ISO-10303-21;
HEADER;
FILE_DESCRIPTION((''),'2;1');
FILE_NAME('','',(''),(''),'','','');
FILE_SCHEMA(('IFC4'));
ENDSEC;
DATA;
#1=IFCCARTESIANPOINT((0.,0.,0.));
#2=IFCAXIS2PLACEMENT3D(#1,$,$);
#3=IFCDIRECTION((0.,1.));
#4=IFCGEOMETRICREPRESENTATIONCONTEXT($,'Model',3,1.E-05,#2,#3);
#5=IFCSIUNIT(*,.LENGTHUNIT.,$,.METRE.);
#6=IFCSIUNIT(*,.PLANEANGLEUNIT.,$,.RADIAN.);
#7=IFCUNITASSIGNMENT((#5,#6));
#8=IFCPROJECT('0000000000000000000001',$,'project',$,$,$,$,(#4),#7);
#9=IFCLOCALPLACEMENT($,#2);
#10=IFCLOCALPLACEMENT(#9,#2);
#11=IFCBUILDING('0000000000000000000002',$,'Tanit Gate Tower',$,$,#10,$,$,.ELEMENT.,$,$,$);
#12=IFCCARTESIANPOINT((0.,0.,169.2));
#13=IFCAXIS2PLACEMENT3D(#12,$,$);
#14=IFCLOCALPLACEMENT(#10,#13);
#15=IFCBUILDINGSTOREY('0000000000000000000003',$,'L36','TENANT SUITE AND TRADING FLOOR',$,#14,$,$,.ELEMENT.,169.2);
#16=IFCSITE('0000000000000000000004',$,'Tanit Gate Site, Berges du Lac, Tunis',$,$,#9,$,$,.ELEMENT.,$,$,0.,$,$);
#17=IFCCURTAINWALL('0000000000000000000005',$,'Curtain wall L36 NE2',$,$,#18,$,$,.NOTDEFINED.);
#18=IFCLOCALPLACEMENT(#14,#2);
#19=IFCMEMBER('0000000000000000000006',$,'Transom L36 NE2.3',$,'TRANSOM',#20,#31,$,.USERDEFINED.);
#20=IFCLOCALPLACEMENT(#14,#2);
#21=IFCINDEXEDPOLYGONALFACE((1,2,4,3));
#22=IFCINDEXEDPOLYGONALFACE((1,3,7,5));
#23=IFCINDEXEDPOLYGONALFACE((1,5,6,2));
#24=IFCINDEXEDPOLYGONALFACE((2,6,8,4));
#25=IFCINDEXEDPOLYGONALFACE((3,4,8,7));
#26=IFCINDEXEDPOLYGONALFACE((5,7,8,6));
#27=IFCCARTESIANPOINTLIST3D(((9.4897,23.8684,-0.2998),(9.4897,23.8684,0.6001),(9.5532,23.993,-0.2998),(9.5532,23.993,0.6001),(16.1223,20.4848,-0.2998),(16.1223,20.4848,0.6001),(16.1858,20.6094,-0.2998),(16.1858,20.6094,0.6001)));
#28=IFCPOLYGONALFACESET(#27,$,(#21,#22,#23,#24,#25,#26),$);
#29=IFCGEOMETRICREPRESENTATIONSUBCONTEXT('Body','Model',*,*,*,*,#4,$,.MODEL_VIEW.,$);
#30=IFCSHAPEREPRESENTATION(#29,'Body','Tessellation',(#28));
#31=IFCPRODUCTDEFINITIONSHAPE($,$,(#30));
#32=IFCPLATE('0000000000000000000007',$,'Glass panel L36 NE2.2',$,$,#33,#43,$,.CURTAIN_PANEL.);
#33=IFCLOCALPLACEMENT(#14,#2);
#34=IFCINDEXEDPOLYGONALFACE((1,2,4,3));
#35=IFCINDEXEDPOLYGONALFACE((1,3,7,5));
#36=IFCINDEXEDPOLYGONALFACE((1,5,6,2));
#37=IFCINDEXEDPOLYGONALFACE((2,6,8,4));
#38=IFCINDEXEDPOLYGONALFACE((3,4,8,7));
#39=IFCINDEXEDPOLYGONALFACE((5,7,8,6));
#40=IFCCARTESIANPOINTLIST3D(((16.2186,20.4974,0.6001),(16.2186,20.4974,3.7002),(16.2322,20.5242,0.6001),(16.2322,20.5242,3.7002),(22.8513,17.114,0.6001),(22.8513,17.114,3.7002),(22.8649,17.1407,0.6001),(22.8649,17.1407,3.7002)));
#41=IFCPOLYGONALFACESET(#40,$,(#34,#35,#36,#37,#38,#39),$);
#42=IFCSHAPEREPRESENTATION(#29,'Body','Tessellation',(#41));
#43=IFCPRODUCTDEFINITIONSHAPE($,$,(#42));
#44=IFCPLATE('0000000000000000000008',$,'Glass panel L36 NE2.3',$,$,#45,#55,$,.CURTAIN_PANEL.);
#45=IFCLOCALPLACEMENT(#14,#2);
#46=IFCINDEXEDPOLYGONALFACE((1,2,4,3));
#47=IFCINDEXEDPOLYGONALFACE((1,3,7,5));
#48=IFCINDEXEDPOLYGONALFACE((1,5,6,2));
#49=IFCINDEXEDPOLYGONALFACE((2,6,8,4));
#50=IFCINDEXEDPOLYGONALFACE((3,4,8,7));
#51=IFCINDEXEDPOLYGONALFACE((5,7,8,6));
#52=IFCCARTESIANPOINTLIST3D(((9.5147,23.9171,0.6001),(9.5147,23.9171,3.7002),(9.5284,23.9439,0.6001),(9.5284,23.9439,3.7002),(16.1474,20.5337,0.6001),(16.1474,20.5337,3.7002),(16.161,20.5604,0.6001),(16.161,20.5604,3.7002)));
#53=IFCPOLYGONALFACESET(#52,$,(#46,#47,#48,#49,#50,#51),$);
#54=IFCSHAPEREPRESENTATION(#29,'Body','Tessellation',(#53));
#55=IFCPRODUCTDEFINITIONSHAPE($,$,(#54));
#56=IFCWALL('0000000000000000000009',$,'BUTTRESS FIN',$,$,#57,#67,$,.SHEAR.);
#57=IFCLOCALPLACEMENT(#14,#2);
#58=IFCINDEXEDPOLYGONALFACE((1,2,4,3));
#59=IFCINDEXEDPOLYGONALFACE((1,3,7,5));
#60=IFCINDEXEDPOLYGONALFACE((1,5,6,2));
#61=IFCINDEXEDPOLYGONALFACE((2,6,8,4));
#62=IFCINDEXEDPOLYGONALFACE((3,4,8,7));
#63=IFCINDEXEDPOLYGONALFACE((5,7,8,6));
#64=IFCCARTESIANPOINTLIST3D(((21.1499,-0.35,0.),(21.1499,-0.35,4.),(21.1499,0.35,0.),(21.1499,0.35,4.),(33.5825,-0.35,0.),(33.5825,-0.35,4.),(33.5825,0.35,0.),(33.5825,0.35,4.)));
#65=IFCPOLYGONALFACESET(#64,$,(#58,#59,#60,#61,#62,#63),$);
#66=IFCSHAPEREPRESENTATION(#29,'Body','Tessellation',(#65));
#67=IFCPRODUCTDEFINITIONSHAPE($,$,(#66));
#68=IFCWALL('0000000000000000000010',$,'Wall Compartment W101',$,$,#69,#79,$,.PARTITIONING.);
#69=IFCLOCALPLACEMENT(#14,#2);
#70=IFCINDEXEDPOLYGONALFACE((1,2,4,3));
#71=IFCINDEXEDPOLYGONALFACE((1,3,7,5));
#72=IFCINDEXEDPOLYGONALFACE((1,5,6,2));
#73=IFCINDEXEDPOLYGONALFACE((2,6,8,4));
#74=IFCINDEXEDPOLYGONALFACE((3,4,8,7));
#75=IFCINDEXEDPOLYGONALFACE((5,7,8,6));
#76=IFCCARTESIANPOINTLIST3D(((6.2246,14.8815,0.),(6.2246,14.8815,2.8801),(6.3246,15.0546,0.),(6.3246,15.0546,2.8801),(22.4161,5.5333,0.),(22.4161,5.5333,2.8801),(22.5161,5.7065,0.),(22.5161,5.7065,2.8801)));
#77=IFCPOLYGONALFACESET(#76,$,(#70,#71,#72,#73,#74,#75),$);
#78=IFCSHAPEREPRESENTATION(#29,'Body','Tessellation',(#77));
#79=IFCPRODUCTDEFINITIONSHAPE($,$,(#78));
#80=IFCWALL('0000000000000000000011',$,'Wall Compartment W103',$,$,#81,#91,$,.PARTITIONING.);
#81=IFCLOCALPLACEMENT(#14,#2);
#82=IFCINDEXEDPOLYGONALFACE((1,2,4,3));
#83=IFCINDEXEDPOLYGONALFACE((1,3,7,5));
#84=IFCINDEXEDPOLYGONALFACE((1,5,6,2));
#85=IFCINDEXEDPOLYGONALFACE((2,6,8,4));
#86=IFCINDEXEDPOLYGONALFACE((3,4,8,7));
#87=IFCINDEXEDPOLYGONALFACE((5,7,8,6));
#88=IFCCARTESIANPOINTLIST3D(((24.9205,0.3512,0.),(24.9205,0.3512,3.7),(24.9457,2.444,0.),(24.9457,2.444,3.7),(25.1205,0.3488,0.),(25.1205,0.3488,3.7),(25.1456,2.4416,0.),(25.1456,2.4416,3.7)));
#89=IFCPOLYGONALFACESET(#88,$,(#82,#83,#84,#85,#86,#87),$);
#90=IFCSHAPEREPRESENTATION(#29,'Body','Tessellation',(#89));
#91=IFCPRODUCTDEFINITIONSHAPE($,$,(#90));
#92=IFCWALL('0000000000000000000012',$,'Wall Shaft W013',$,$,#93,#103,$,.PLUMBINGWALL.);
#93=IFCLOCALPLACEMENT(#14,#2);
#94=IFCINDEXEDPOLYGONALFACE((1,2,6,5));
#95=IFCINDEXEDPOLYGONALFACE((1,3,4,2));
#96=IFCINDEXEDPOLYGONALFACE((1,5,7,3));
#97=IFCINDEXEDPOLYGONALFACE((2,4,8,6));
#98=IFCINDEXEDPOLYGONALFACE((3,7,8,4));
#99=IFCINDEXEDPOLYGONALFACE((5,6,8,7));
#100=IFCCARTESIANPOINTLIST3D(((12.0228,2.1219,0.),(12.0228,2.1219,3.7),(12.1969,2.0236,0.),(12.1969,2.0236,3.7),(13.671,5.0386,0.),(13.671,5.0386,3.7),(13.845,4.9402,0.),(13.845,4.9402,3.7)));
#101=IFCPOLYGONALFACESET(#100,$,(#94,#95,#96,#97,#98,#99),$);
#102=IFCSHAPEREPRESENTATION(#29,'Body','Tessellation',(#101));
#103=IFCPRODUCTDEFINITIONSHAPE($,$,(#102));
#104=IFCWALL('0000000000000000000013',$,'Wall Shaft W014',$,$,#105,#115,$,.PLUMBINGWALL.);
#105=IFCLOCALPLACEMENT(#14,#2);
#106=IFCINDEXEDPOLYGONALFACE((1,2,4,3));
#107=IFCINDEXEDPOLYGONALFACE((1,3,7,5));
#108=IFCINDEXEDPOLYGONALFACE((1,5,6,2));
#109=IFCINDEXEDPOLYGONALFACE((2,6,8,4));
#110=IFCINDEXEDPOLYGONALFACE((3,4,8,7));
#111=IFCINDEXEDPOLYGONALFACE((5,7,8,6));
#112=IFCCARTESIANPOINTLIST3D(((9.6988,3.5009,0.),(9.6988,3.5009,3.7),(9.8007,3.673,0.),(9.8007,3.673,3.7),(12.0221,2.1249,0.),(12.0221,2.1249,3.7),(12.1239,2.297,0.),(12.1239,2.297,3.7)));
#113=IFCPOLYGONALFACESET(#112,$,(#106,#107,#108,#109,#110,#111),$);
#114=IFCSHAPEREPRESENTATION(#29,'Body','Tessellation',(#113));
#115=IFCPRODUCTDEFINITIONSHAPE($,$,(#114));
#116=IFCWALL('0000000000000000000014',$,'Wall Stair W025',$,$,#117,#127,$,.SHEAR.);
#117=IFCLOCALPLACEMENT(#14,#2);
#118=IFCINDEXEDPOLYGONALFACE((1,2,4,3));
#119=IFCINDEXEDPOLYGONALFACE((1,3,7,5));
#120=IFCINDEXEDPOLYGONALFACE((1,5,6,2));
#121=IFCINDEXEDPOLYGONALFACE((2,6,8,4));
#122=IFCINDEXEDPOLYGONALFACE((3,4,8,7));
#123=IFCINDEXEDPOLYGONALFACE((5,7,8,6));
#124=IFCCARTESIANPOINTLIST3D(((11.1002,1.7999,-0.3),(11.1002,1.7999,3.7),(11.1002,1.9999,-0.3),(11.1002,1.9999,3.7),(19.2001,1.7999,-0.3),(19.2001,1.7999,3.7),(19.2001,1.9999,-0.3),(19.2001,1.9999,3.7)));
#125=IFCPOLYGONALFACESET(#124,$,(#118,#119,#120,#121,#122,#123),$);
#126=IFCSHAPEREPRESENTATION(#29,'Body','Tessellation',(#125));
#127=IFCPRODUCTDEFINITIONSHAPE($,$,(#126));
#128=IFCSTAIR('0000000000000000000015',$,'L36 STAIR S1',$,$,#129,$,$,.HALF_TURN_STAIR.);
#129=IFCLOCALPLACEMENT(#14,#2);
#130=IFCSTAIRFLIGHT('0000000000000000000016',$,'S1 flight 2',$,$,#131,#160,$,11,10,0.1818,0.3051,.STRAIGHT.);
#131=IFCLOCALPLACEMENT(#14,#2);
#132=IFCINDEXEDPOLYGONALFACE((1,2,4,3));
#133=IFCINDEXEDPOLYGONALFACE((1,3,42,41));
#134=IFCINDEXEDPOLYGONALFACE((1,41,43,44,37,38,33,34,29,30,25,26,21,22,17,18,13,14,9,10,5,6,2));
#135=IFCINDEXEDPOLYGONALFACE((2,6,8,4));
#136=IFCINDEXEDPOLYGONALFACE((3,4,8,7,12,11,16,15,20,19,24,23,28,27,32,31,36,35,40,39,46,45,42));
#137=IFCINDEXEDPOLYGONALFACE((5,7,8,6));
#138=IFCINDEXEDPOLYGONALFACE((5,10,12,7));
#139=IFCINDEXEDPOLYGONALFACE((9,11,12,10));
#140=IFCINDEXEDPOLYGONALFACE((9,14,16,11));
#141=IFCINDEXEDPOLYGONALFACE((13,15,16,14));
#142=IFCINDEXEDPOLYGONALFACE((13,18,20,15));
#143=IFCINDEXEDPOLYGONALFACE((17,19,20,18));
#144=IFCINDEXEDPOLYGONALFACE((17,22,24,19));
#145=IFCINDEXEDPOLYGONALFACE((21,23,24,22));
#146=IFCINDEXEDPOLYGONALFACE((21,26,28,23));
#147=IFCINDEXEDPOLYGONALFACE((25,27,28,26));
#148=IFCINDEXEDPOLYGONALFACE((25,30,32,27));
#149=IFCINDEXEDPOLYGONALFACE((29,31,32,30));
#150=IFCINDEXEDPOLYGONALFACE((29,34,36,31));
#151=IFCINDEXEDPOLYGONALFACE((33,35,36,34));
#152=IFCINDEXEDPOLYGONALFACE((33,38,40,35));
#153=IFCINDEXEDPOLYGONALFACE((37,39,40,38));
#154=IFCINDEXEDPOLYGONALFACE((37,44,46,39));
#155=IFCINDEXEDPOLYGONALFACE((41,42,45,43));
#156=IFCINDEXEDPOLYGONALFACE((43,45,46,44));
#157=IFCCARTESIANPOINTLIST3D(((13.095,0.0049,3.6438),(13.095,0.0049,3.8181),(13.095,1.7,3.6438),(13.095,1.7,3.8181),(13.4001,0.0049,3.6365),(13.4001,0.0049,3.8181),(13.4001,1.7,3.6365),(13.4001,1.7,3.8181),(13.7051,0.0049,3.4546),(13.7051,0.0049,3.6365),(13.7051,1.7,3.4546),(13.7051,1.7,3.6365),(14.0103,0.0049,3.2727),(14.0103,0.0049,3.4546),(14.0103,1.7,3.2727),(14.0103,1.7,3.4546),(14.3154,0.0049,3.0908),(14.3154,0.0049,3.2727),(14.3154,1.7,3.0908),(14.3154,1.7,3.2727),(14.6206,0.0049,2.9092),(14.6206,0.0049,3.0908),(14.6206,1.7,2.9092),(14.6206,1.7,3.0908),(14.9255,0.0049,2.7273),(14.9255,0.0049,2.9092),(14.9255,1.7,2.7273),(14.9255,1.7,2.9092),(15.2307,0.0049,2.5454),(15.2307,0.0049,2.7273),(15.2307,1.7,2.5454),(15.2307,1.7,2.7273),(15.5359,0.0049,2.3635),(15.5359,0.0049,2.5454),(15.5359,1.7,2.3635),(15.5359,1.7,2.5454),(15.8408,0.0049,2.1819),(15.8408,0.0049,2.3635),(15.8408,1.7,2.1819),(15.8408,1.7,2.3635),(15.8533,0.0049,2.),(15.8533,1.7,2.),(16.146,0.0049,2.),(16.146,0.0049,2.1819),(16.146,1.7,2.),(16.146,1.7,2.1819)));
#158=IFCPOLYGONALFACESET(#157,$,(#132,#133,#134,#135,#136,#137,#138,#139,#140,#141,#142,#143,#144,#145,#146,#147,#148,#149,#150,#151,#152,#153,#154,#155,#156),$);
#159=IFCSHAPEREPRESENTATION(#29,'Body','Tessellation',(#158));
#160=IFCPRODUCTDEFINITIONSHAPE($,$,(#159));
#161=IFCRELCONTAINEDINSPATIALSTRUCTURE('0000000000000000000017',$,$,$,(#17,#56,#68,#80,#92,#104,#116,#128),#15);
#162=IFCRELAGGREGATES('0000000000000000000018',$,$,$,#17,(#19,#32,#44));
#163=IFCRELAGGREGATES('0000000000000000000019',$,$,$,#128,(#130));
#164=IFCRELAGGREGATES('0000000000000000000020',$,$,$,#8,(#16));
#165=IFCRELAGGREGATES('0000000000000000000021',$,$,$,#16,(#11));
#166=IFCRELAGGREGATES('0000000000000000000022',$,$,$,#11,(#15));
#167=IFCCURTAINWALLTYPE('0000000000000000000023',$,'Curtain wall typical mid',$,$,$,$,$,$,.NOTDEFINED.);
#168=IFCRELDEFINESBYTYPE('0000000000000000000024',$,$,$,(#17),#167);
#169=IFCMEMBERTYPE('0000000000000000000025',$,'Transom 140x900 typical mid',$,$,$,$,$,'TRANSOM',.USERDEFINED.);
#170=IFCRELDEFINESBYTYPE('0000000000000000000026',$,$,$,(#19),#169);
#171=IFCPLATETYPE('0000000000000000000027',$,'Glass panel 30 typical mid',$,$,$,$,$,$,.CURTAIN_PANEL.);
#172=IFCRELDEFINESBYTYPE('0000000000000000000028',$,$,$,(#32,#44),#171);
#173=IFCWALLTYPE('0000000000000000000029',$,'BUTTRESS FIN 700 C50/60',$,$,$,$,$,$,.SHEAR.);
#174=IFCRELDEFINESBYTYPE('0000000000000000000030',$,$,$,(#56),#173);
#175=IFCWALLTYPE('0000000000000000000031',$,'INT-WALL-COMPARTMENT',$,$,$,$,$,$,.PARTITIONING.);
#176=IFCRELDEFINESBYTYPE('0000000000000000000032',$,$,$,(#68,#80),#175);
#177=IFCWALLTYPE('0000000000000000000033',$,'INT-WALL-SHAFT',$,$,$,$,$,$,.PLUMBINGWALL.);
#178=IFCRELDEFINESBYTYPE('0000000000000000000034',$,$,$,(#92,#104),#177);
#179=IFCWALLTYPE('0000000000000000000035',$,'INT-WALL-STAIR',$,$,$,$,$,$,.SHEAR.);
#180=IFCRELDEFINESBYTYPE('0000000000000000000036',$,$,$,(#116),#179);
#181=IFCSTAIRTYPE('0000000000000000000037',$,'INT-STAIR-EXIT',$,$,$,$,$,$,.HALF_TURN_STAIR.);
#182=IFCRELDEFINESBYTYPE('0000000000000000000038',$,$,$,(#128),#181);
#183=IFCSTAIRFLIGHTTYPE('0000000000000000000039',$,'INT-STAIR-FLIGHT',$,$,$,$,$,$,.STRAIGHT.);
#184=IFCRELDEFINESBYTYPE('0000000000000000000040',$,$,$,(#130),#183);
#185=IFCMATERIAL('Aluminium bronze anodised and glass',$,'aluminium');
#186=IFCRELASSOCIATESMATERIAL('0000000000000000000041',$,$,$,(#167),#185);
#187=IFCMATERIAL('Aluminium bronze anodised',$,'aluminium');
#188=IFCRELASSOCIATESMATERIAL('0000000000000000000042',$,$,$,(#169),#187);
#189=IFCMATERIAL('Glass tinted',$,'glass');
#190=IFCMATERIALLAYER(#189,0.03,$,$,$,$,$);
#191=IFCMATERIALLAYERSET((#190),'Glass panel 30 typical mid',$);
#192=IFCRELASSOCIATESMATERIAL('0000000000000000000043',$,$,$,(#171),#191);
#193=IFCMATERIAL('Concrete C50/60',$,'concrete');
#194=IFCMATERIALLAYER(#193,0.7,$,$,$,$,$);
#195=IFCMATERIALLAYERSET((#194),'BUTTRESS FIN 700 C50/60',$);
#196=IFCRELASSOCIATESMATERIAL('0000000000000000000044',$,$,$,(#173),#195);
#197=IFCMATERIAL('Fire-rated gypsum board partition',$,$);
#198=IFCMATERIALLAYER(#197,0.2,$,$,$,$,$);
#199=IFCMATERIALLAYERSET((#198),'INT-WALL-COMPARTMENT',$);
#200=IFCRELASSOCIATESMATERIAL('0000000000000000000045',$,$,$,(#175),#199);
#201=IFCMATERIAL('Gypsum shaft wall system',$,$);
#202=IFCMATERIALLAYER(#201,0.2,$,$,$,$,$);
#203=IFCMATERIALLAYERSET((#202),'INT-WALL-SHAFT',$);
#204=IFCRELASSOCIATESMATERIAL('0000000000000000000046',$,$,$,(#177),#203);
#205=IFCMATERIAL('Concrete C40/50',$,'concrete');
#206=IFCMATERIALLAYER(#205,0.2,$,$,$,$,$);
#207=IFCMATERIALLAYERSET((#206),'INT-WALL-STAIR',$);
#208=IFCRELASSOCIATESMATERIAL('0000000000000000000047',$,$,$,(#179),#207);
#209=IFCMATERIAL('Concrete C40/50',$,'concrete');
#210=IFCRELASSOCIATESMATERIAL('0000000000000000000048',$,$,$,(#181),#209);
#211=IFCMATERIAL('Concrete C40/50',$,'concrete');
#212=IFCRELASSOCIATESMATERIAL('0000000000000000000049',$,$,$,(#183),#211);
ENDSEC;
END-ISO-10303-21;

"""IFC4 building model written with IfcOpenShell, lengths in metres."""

from ifc_helpers import new_model, si_unit, direction, frame, frame_2d, origin, origin_2d, place, context, subcontext, project, spatial, polyline, rectangle, outline, extrude, material, layer, layer_set, material_profile, profile_set, type_object, element, aggregate, save


model = new_model("IFC4")

# Units and contexts
model_context = context("Model", 3, precision=1e-05, world=origin(), true_north=direction((0.0, 1.0)))
body_context = subcontext(model_context, "Body", "Model", "MODEL_VIEW")
ifc_project = project(units=[si_unit("LENGTHUNIT", "METRE"), si_unit("PLANEANGLEUNIT", "RADIAN")], contexts=[model_context])

# Site, building, storey
site_placement = place(None, origin())
site = spatial("IfcSite", under=ifc_project, at=site_placement, Name="Tanit Gate Site, Berges du Lac, Tunis", CompositionType="ELEMENT", RefElevation=0.0)
building_placement = place(site_placement, origin())
building = spatial("IfcBuilding", under=site, at=building_placement, Name="Tanit Gate Tower", CompositionType="ELEMENT")
storey_placement = place(building_placement, frame((0.0, 0.0, 169.2)))
storey = spatial("IfcBuildingStorey", under=building, at=storey_placement, Name="L36", Description="TENANT SUITE AND TRADING FLOOR", CompositionType="ELEMENT", Elevation=169.2)

# Curtain wall
ifc_material_1 = material(Name="Aluminium bronze anodised and glass", Category="aluminium")
curtain_wall_type = type_object("IfcCurtainWallType", Name="Curtain wall typical mid", PredefinedType="NOTDEFINED", material=ifc_material_1)
curtain_wall_placement = place(storey_placement, origin())
curtain_wall = element("IfcCurtainWall", 1, at=curtain_wall_placement, inside=storey, type_object=curtain_wall_type, Name="Curtain wall L36 NE2", PredefinedType="NOTDEFINED")

# Member
ifc_material_2 = material(Name="Aluminium bronze anodised", Category="aluminium")
ifc_material_profile_1 = material_profile(ifc_material_2, rectangle(XDim=0.1399, YDim=0.8999, at=origin_2d()), Name="140x900 bronze transom")
ifc_profile_set_1 = profile_set([ifc_material_profile_1], Name="Aluminium bronze anodised")
member_type_1 = type_object("IfcMemberType", Name="Transom 140x900 typical mid", ElementType="TRANSOM", PredefinedType="USERDEFINED", material=ifc_profile_set_1)
member_1_placement = place(storey_placement, frame((16.1541, 20.5471, 0.1501), z_axis=(-0.890785, 0.454426, 0.0), x_axis=(-0.454426, -0.890785, 0.0)))
member_1 = element("IfcMember", 2, at=member_1_placement, type_object=member_type_1, Name="Transom L36 NE2.3", ObjectType="TRANSOM", PredefinedType="USERDEFINED", context=body_context, shape_type="SweptSolid", body=[
    extrude(rectangle(XDim=0.1399, YDim=0.8999, at=origin_2d()), origin(), (0.0, 0.0, 1.0), 7.4458),
])

# Plates
ifc_material_3 = material(Name="Glass tinted", Category="glass")
ifc_layer_1 = layer(ifc_material_3, 0.03)
ifc_layer_set_1 = layer_set([ifc_layer_1], Name="Glass panel 30 typical mid")
plate_type = type_object("IfcPlateType", Name="Glass panel 30 typical mid", PredefinedType="CURTAIN_PANEL", material=ifc_layer_set_1)
plate_1_placement = place(storey_placement, frame((19.5417, 18.8191, 0.6001), z_axis=(0.0, 0.0, 1.0), x_axis=(-0.890792, 0.454411, 0.0)))
plate_1 = element("IfcPlate", 3, at=plate_1_placement, type_object=plate_type, Name="Glass panel L36 NE2.2", PredefinedType="CURTAIN_PANEL", context=body_context, shape_type="SweptSolid", body=[
    extrude(rectangle(XDim=7.4458, YDim=0.03, at=origin_2d()), origin(), (0.0, 0.0, 1.0), 3.1001),
])
plate_2_placement = place(storey_placement, frame((12.8379, 22.2388, 0.6001), z_axis=(0.0, 0.0, 1.0), x_axis=(-0.890792, 0.454411, 0.0)))
plate_2 = element("IfcPlate", 4, at=plate_2_placement, type_object=plate_type, Name="Glass panel L36 NE2.3", PredefinedType="CURTAIN_PANEL", context=body_context, shape_type="SweptSolid", body=[
    extrude(rectangle(XDim=7.4458, YDim=0.03, at=origin_2d()), origin(), (0.0, 0.0, 1.0), 3.1001),
])
aggregate(curtain_wall, [member_1, plate_1, plate_2])

# Wall
ifc_material_4 = material(Name="Concrete C50/60", Category="concrete")
ifc_layer_2 = layer(ifc_material_4, 0.7)
ifc_layer_set_2 = layer_set([ifc_layer_2], Name="BUTTRESS FIN 700 C50/60")
wall_type_1 = type_object("IfcWallType", Name="BUTTRESS FIN 700 C50/60", PredefinedType="SHEAR", material=ifc_layer_set_2)
wall_1_placement = place(storey_placement, frame((21.1499, 0.0, 0.0), z_axis=(0.0, 0.0, 1.0), x_axis=(1.0, 0.0, 0.0)))
element("IfcWall", 5, at=wall_1_placement, inside=storey, type_object=wall_type_1, Name="BUTTRESS FIN", PredefinedType="SHEAR", context=body_context, shape_type="SweptSolid", body=[
    extrude(rectangle(XDim=12.4326, YDim=0.7, at=frame_2d((6.2163, 0.0))), origin(), (0.0, 0.0, 1.0), 4.0),
])

# Walls
ifc_material_5 = material(Name="Fire-rated gypsum board partition")
ifc_layer_3 = layer(ifc_material_5, 0.2)
ifc_layer_set_3 = layer_set([ifc_layer_3], Name="INT-WALL-COMPARTMENT")
wall_type_2 = type_object("IfcWallType", Name="INT-WALL-COMPARTMENT", PredefinedType="PARTITIONING", material=ifc_layer_set_3)
wall_2_placement = place(storey_placement, frame((22.4661, 5.6199, 0.0), z_axis=(0.0, 0.0, 1.0), x_axis=(-0.866025, 0.500001, 0.0)))
element("IfcWall", 6, at=wall_2_placement, inside=storey, type_object=wall_type_2, Name="Wall Compartment W101", PredefinedType="PARTITIONING", context=body_context, shape_type="SweptSolid", body=[
    extrude(rectangle(XDim=18.6963, YDim=0.2, at=frame_2d((9.3481, 0.0))), origin(), (0.0, 0.0, 1.0), 2.8801),
])
wall_3_placement = place(storey_placement, frame((25.0205, 0.3501, 0.0), z_axis=(0.0, 0.0, 1.0), x_axis=(0.012015, 0.999928, 0.0)))
element("IfcWall", 7, at=wall_3_placement, inside=storey, type_object=wall_type_2, Name="Wall Compartment W103", PredefinedType="PARTITIONING", context=body_context, shape_type="SweptSolid", body=[
    extrude(rectangle(XDim=2.093, YDim=0.2, at=frame_2d((1.0464, 0.0))), origin(), (0.0, 0.0, 1.0), 3.7),
])
ifc_material_6 = material(Name="Gypsum shaft wall system")
ifc_layer_4 = layer(ifc_material_6, 0.2)
ifc_layer_set_4 = layer_set([ifc_layer_4], Name="INT-WALL-SHAFT")
wall_type_3 = type_object("IfcWallType", Name="INT-WALL-SHAFT", PredefinedType="PLUMBINGWALL", material=ifc_layer_set_4)
wall_4_placement = place(storey_placement, frame((12.1099, 2.0728, 0.0), z_axis=(0.0, 0.0, 1.0), x_axis=(0.491966, 0.870614, 0.0)))
element("IfcWall", 8, at=wall_4_placement, inside=storey, type_object=wall_type_3, Name="Wall Shaft W013", PredefinedType="PLUMBINGWALL", context=body_context, shape_type="SweptSolid", body=[
    extrude(rectangle(XDim=3.3501, YDim=0.2, at=frame_2d((1.675, 0.0))), origin(), (0.0, 0.0, 1.0), 3.7),
])
wall_5_placement = place(storey_placement, frame((12.073, 2.2109, 0.0), z_axis=(0.0, 0.0, 1.0), x_axis=(-0.860415, 0.509594, 0.0)))
element("IfcWall", 9, at=wall_5_placement, inside=storey, type_object=wall_type_3, Name="Wall Shaft W014", PredefinedType="PLUMBINGWALL", context=body_context, shape_type="SweptSolid", body=[
    extrude(rectangle(XDim=2.7002, YDim=0.2, at=frame_2d((1.3501, 0.0))), origin(), (0.0, 0.0, 1.0), 3.7),
])
ifc_material_7 = material(Name="Concrete C40/50", Category="concrete")
ifc_layer_5 = layer(ifc_material_7, 0.2)
ifc_layer_set_5 = layer_set([ifc_layer_5], Name="INT-WALL-STAIR")
wall_type_4 = type_object("IfcWallType", Name="INT-WALL-STAIR", PredefinedType="SHEAR", material=ifc_layer_set_5)
wall_6_placement = place(storey_placement, frame((19.2, 1.8999, -0.3), z_axis=(0.0, 0.0, 1.0), x_axis=(-1.0, 0.0, 0.0)))
element("IfcWall", 10, at=wall_6_placement, inside=storey, type_object=wall_type_4, Name="Wall Stair W025", PredefinedType="SHEAR", context=body_context, shape_type="SweptSolid", body=[
    extrude(rectangle(XDim=8.0999, YDim=0.2, at=frame_2d((4.0498, 0.0))), origin(), (0.0, 0.0, 1.0), 4.0),
])

# Stair, stair flight
ifc_material_8 = material(Name="Concrete C40/50", Category="concrete")
stair_type = type_object("IfcStairType", Name="INT-STAIR-EXIT", PredefinedType="HALF_TURN_STAIR", material=ifc_material_8)
stair_placement = place(storey_placement, origin())
stair = element("IfcStair", 11, at=stair_placement, inside=storey, type_object=stair_type, Name="L36 STAIR S1", PredefinedType="HALF_TURN_STAIR")
ifc_material_9 = material(Name="Concrete C40/50", Category="concrete")
stair_flight_type = type_object("IfcStairFlightType", Name="INT-STAIR-FLIGHT", PredefinedType="STRAIGHT", material=ifc_material_9)
stair_flight_placement = place(storey_placement, frame((16.146, 0.8525, 2.0), z_axis=(0.0, 0.0, 1.0), x_axis=(-1.0, 0.0, 0.0)))
stair_flight = element("IfcStairFlight", 12, at=stair_flight_placement, type_object=stair_flight_type, Name="S1 flight 2", NumberOfRisers=11, NumberOfTreads=10, PredefinedType="STRAIGHT", RiserHeight=0.1818, TreadLength=0.3051, context=body_context, shape_type="SweptSolid", body=[
    extrude(outline(polyline([(0.0, 0.0), (0.0, 0.1819), (0.3052, 0.1819), (0.3052, 0.3635), (0.6101, 0.3635), (0.6101, 0.5454), (0.9153, 0.5454), (0.9153, 0.7273), (1.2205, 0.7273), (1.2205, 0.9092), (1.5254, 0.9092), (1.5254, 1.0908), (1.8306, 1.0908), (1.8306, 1.2727), (2.1357, 1.2727), (2.1357, 1.4546), (2.4409, 1.4546), (2.4409, 1.6365), (2.7458, 1.6365), (2.7458, 1.8181), (3.051, 1.8181), (3.051, 2.0), (3.051, 1.6438), (0.2927, 0.0), (0.0, 0.0)])), frame((0.0, 0.8477, 0.0), z_axis=(0.0, -1.0, 0.0), x_axis=(1.0, 0.0, 0.0)), (0.0, 0.0, 1.0), 1.6951),
])
aggregate(stair, [stair_flight])

save(model, "model.ifc")
